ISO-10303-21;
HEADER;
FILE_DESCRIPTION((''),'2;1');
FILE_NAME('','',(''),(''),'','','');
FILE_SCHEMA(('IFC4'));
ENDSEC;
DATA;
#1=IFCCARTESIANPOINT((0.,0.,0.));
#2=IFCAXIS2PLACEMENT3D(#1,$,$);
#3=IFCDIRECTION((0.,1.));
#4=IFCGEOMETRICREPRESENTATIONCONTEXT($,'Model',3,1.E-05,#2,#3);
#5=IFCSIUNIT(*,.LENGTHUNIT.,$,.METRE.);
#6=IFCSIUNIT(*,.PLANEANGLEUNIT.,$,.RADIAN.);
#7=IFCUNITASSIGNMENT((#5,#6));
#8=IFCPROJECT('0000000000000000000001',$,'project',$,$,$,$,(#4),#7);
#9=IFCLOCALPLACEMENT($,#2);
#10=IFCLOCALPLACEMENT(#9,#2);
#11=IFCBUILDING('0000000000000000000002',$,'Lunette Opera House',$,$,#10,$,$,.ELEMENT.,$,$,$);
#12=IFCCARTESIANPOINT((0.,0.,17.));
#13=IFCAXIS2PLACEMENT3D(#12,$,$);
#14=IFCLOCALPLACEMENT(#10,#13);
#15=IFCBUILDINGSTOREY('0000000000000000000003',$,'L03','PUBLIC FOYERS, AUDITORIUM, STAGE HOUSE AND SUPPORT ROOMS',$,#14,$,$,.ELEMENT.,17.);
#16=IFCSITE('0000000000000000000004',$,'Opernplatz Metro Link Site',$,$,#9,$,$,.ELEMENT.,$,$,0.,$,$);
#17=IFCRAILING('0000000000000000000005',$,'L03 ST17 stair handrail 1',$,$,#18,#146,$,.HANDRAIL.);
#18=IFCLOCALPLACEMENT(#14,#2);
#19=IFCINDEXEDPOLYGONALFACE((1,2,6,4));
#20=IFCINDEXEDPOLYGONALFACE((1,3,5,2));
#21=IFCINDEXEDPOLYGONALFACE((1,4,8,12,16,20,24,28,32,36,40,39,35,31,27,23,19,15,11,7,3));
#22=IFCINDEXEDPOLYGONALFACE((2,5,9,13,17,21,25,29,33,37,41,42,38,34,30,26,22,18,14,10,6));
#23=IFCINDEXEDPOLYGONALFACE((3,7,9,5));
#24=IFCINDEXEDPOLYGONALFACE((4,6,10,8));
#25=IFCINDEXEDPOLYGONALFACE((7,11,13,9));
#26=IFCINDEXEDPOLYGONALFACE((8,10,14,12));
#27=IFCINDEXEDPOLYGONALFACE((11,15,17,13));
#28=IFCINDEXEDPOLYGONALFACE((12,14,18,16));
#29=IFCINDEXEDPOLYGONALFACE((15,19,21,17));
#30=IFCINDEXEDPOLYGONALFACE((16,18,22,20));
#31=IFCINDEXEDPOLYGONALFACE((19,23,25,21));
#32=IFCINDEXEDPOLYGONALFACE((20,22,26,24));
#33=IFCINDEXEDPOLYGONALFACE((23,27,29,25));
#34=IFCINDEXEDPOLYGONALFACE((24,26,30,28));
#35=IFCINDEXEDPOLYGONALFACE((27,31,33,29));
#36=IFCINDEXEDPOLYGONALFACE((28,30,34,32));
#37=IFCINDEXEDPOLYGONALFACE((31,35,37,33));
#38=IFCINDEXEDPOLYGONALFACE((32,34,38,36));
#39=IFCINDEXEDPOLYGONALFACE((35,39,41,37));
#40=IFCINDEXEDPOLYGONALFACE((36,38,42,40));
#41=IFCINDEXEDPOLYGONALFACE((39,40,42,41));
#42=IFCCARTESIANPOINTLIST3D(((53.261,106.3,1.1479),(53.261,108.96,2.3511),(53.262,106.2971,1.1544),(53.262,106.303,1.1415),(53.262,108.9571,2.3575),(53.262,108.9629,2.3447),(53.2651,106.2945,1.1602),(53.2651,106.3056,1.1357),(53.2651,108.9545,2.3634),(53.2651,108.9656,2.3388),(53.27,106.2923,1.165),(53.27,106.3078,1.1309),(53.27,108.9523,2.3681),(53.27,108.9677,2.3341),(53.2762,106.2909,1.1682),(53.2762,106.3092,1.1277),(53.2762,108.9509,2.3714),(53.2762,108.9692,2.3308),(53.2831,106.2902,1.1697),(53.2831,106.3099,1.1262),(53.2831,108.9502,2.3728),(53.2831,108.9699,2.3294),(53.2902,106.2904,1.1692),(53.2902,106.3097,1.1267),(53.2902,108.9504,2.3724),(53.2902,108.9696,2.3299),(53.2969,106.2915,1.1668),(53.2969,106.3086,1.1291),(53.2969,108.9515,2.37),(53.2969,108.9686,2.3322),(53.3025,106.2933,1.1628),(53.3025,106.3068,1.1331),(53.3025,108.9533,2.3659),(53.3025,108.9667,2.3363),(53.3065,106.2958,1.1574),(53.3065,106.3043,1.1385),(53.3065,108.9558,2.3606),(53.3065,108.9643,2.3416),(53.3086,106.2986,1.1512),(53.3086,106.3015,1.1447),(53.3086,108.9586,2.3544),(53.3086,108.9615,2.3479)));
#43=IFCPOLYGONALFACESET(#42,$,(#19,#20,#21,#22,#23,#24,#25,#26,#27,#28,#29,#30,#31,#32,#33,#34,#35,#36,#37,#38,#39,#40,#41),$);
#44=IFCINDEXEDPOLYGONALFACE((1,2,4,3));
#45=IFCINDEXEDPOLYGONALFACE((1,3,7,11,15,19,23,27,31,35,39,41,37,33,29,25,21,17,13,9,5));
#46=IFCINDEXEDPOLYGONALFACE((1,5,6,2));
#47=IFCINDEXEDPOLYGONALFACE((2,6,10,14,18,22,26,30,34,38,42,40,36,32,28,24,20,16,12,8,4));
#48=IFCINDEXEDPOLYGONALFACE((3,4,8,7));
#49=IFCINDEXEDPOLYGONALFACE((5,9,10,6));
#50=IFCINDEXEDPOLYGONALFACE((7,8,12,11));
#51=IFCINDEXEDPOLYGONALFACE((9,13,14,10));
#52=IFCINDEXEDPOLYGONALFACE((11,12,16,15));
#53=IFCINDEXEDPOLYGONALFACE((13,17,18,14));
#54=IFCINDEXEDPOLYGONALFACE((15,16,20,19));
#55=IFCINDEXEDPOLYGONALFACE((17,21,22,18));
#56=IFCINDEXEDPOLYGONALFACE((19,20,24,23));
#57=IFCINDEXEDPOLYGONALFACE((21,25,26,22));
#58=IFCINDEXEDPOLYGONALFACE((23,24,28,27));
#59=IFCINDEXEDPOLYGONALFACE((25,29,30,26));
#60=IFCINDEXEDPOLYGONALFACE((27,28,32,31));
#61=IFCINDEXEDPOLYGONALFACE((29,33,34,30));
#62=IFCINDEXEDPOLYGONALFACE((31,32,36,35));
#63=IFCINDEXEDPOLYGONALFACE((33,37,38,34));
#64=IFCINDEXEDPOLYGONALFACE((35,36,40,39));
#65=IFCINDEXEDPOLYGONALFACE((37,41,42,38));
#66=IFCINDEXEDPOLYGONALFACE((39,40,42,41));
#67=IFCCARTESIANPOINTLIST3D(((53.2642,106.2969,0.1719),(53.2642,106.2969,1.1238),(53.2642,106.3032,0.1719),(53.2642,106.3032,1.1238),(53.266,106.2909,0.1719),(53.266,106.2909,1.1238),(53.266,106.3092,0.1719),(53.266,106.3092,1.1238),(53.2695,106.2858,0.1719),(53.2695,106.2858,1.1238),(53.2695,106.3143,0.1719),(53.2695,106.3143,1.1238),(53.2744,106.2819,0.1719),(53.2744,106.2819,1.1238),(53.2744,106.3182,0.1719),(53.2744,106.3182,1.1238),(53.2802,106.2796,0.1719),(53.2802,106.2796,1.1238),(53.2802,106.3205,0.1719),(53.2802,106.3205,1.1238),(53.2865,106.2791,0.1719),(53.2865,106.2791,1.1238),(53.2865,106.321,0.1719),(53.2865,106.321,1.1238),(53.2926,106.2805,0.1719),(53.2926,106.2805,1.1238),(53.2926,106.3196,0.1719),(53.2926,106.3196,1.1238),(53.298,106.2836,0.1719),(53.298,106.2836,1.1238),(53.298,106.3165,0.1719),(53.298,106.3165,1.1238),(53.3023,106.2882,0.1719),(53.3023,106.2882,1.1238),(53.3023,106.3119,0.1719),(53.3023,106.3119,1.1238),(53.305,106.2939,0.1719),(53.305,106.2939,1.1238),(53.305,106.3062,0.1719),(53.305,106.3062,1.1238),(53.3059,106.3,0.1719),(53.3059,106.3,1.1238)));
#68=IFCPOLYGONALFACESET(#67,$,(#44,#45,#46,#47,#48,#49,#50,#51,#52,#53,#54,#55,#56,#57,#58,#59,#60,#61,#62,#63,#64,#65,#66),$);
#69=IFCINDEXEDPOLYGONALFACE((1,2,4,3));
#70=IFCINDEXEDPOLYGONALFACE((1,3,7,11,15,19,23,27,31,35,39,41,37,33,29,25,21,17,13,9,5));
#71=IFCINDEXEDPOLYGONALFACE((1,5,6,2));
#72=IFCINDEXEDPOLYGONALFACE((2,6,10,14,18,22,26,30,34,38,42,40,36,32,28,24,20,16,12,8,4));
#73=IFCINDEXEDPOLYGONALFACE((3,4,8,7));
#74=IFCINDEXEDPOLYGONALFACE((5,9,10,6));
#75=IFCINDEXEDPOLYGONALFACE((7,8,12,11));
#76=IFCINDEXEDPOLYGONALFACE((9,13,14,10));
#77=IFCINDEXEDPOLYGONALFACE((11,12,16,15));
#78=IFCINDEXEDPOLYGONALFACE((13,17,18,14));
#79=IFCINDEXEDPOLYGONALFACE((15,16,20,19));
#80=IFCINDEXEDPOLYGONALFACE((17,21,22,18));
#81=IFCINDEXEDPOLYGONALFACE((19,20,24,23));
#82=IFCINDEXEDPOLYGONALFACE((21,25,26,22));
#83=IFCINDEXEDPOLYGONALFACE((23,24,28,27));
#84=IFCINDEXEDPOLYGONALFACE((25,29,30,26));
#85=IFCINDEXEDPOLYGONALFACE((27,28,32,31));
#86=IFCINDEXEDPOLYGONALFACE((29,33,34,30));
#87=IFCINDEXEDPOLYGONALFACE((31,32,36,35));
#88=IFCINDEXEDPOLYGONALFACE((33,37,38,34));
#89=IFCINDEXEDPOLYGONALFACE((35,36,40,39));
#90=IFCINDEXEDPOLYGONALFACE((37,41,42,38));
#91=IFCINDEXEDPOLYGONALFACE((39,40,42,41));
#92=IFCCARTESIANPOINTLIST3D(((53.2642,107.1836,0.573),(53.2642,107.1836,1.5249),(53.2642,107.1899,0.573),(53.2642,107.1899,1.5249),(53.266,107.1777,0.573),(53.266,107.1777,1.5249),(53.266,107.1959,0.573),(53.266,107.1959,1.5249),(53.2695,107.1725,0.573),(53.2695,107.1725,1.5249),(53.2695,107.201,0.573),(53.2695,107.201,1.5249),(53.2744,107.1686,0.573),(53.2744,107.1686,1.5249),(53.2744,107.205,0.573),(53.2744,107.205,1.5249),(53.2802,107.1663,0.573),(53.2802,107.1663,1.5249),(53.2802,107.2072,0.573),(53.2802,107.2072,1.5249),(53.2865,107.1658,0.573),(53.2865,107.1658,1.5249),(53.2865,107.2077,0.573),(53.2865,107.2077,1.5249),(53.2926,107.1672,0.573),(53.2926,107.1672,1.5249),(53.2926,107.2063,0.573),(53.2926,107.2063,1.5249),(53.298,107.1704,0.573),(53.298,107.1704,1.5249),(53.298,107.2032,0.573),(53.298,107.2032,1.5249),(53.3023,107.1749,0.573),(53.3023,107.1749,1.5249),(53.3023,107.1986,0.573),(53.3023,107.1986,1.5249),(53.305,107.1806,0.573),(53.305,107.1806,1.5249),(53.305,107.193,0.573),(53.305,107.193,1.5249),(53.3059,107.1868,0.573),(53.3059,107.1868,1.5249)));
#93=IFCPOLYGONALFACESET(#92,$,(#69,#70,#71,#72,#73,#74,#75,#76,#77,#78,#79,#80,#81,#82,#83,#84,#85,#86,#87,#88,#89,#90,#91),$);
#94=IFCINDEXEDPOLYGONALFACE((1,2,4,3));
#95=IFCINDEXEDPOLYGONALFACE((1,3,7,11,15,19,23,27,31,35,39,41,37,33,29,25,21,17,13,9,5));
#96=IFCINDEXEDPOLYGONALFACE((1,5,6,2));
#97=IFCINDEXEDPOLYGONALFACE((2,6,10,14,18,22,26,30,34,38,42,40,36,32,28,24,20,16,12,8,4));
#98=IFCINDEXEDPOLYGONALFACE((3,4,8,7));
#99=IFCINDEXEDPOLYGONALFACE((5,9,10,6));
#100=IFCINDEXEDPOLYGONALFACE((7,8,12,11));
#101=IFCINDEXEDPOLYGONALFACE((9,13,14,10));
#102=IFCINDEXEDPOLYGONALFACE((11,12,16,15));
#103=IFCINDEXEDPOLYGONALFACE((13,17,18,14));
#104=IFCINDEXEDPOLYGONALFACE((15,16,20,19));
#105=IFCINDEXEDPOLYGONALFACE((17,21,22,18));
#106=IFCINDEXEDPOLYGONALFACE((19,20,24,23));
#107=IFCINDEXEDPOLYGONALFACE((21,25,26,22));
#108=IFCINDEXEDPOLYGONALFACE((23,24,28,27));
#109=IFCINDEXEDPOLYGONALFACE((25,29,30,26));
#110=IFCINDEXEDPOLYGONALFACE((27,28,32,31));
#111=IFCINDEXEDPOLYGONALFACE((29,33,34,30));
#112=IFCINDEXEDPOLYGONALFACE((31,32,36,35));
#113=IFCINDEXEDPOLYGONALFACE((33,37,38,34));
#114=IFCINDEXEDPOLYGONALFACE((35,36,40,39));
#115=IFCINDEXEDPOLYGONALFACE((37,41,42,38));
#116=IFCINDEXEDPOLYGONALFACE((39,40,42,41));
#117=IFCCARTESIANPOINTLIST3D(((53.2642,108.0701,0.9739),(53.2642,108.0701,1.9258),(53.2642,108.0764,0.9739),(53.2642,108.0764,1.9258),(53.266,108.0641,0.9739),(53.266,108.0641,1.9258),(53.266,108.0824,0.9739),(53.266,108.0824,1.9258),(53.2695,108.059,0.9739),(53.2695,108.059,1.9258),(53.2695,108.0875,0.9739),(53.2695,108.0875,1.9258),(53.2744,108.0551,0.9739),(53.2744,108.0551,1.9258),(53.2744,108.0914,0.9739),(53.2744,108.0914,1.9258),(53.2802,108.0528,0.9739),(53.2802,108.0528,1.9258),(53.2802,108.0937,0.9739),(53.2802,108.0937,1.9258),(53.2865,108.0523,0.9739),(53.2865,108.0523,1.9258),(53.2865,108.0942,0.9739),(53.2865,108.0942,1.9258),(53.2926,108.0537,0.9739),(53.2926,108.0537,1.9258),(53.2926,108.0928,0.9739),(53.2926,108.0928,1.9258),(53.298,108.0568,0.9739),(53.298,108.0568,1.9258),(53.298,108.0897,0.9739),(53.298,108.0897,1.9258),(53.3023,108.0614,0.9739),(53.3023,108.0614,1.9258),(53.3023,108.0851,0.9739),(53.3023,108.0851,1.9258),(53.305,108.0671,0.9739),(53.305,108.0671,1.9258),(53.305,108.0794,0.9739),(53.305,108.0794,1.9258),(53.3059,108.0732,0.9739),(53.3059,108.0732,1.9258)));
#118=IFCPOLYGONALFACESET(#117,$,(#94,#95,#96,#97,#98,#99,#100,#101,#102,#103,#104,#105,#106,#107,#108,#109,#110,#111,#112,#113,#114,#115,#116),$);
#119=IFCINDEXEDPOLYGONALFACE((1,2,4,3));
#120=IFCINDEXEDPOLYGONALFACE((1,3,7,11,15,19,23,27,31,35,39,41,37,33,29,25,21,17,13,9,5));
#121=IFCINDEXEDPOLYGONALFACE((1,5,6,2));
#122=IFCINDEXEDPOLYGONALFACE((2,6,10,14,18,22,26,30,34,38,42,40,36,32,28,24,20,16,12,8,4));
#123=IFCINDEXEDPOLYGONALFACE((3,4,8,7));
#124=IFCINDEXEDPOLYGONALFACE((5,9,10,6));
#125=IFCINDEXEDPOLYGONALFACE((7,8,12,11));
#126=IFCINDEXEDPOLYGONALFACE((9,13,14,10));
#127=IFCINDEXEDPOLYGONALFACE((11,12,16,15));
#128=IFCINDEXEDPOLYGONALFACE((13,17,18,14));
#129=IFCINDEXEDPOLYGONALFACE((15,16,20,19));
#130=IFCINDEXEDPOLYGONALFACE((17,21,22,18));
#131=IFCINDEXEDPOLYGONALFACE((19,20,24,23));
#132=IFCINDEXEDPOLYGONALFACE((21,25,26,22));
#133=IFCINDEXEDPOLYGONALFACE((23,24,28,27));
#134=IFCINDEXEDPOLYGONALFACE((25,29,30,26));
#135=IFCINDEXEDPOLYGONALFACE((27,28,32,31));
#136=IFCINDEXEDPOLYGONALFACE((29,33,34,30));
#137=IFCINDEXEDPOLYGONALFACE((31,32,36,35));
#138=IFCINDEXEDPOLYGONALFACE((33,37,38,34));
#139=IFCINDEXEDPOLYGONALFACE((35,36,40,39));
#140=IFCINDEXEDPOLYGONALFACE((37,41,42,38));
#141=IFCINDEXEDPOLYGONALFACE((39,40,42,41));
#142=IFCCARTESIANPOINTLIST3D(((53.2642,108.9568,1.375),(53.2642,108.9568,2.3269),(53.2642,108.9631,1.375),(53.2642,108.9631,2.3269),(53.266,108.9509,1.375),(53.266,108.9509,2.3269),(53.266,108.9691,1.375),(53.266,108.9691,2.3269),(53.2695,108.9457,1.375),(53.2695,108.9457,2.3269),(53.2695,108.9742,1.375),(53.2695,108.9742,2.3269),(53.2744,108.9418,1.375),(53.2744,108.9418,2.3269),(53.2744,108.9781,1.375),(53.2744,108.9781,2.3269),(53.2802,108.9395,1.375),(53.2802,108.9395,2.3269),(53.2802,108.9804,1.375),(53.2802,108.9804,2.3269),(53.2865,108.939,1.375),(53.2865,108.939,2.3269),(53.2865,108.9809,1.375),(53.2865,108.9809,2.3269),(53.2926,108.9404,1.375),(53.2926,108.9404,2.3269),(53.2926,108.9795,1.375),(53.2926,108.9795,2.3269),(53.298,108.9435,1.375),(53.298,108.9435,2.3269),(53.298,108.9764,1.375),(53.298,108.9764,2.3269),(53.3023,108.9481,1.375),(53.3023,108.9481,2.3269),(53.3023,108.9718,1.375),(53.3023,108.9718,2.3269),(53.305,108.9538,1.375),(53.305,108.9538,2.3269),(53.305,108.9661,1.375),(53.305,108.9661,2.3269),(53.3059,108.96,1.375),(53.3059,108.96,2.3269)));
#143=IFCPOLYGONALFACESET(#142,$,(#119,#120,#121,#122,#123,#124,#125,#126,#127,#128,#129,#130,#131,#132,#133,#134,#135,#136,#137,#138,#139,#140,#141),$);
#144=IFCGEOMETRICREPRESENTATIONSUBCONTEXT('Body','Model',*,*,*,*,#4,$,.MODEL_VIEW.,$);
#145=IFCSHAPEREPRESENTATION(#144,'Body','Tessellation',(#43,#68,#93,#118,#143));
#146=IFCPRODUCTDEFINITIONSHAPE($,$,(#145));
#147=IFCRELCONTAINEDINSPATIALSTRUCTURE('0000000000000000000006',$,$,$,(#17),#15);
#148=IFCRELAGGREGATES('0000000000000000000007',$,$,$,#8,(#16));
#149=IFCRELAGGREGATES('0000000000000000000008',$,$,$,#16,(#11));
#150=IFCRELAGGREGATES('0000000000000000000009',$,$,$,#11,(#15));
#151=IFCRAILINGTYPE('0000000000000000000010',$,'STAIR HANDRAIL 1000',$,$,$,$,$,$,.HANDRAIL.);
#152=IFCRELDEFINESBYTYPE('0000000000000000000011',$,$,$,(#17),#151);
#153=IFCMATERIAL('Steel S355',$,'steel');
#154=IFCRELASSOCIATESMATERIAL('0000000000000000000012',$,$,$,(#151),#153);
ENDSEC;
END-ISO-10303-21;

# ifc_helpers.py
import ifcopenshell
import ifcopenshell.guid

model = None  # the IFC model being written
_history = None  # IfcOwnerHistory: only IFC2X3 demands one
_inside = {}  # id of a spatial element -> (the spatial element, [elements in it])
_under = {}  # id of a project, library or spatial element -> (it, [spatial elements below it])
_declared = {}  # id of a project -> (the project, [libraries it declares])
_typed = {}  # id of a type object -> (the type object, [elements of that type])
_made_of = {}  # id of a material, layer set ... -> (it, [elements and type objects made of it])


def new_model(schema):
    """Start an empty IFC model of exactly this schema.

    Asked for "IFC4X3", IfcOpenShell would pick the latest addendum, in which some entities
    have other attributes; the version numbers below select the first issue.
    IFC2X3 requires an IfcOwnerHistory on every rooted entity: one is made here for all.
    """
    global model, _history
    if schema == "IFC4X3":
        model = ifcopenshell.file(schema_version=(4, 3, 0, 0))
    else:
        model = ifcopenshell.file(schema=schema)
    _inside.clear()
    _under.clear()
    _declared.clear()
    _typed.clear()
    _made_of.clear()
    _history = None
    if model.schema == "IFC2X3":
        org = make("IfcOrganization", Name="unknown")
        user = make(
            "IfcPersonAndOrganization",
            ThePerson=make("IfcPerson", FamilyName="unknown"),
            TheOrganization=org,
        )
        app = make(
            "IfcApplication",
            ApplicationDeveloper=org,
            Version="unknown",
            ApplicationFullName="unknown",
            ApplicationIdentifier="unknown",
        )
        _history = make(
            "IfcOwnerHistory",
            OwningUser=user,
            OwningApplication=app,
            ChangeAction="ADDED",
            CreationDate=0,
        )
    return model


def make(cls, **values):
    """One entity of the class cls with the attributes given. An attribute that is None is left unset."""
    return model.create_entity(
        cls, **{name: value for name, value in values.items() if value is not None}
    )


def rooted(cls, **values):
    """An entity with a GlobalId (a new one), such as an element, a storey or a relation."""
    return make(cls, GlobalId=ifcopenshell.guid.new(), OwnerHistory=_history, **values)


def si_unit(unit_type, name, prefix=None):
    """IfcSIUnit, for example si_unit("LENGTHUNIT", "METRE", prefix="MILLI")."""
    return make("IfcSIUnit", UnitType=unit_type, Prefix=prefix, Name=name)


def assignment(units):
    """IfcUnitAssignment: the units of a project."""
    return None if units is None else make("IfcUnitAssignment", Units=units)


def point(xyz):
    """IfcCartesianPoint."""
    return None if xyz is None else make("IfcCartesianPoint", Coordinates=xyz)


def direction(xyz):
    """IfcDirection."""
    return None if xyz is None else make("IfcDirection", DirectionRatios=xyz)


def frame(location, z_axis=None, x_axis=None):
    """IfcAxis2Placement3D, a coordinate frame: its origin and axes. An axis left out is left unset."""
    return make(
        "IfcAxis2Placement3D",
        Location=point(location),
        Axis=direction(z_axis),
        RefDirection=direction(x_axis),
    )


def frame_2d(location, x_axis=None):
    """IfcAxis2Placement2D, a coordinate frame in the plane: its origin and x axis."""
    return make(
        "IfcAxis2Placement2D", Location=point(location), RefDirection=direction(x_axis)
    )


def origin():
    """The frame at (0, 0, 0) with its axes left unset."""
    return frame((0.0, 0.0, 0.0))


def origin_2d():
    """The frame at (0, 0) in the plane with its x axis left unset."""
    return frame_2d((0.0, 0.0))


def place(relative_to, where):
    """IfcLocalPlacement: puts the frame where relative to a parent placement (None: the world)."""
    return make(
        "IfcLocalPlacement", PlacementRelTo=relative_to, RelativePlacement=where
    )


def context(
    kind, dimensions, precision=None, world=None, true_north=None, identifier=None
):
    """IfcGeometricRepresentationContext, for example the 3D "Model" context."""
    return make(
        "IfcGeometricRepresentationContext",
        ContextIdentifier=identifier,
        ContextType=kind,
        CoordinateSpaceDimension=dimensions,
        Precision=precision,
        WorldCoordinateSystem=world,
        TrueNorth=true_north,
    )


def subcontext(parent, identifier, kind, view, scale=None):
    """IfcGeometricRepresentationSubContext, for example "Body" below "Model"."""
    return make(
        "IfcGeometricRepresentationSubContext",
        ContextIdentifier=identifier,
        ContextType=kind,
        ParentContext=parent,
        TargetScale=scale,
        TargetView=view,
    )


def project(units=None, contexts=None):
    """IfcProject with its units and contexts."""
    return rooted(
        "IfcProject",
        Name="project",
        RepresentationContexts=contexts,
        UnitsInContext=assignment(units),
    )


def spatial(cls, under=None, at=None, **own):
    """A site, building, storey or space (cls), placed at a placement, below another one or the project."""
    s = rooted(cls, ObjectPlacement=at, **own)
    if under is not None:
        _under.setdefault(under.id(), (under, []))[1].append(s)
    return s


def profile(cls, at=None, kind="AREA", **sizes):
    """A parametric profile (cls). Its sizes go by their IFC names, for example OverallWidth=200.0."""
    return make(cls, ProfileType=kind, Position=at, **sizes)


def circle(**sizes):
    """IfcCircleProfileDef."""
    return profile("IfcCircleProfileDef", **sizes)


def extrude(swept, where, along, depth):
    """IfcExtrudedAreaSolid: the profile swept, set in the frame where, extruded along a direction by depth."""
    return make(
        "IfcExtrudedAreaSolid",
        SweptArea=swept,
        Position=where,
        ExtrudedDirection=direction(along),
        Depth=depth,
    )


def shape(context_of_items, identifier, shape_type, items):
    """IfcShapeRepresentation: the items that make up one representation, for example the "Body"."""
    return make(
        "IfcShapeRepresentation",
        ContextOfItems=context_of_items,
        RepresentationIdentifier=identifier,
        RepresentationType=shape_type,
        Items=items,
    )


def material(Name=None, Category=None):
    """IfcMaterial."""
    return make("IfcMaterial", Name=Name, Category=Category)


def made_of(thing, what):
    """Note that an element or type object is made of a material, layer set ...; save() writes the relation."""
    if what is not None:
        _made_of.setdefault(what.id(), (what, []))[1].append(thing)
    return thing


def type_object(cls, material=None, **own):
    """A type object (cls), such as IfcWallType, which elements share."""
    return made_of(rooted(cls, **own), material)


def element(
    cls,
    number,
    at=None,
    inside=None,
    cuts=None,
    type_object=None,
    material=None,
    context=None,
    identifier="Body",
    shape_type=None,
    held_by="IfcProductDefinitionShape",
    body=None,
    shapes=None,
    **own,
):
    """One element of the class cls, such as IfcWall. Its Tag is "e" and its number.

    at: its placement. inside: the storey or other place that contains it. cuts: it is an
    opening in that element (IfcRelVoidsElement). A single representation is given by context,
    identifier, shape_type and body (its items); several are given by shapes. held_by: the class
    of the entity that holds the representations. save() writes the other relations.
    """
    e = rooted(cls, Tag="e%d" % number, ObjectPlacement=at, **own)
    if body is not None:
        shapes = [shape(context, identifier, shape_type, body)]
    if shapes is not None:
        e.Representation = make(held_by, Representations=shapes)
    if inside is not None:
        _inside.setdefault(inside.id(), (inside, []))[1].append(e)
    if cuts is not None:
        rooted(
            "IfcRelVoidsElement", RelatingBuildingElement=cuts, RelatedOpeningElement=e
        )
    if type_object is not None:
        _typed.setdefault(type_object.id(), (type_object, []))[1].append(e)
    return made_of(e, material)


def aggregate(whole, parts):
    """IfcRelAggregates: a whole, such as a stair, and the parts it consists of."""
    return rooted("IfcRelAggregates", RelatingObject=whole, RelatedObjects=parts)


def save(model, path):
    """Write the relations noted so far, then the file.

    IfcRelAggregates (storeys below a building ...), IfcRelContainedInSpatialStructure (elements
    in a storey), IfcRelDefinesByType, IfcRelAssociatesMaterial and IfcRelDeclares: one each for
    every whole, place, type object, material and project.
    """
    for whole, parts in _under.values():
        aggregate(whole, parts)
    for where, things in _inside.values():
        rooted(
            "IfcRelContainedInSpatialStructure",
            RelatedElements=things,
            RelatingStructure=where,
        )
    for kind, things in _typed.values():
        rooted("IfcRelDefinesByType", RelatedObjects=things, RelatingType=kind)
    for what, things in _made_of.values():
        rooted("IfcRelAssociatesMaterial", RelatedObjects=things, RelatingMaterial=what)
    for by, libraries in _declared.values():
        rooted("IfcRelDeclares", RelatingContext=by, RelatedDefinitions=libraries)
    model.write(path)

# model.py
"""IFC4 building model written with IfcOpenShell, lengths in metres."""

from ifc_helpers import new_model, si_unit, direction, frame, origin, origin_2d, place, context, subcontext, project, spatial, circle, extrude, material, type_object, element, save


model = new_model("IFC4")

# Units and contexts
model_context = context("Model", 3, precision=1e-05, world=origin(), true_north=direction((0.0, 1.0)))
body_context = subcontext(model_context, "Body", "Model", "MODEL_VIEW")
ifc_project = project(units=[si_unit("LENGTHUNIT", "METRE"), si_unit("PLANEANGLEUNIT", "RADIAN")], contexts=[model_context])

# Site, building, storey
site_placement = place(None, origin())
site = spatial("IfcSite", under=ifc_project, at=site_placement, Name="Opernplatz Metro Link Site", CompositionType="ELEMENT", RefElevation=0.0)
building_placement = place(site_placement, origin())
building = spatial("IfcBuilding", under=site, at=building_placement, Name="Lunette Opera House", CompositionType="ELEMENT")
storey_placement = place(building_placement, frame((0.0, 0.0, 17.0)))
storey = spatial("IfcBuildingStorey", under=building, at=storey_placement, Name="L03", Description="PUBLIC FOYERS, AUDITORIUM, STAGE HOUSE AND SUPPORT ROOMS", CompositionType="ELEMENT", Elevation=17.0)

# Railing
ifc_material_1 = material(Name="Steel S355", Category="steel")
railing_type_1 = type_object("IfcRailingType", Name="STAIR HANDRAIL 1000", PredefinedType="HANDRAIL", material=ifc_material_1)
railing_1_placement = place(storey_placement, frame((53.2849, 106.3, 0.1719)))
element("IfcRailing", 1, at=railing_1_placement, inside=storey, type_object=railing_type_1, Name="L03 ST17 stair handrail 1", PredefinedType="HANDRAIL", context=body_context, shape_type="SweptSolid", body=[
    extrude(circle(Radius=0.0239, at=origin_2d()), frame((0.0, 0.0, 0.9761), z_axis=(0.0, 0.91113, 0.41212), x_axis=(-1.0, 0.0, 0.0)), (0.0, 0.0, 1.0), 2.9194),
    extrude(circle(Radius=0.021, at=origin_2d()), origin(), (0.0, 0.0, 1.0), 0.9519),
    extrude(circle(Radius=0.021, at=origin_2d()), frame((0.0, 0.8867, 0.4011)), (0.0, 0.0, 1.0), 0.9519),
    extrude(circle(Radius=0.021, at=origin_2d()), frame((0.0, 1.7732, 0.802)), (0.0, 0.0, 1.0), 0.9519),
    extrude(circle(Radius=0.021, at=origin_2d()), frame((0.0, 2.6599, 1.2031)), (0.0, 0.0, 1.0), 0.9519),
])

save(model, "model.ifc")
